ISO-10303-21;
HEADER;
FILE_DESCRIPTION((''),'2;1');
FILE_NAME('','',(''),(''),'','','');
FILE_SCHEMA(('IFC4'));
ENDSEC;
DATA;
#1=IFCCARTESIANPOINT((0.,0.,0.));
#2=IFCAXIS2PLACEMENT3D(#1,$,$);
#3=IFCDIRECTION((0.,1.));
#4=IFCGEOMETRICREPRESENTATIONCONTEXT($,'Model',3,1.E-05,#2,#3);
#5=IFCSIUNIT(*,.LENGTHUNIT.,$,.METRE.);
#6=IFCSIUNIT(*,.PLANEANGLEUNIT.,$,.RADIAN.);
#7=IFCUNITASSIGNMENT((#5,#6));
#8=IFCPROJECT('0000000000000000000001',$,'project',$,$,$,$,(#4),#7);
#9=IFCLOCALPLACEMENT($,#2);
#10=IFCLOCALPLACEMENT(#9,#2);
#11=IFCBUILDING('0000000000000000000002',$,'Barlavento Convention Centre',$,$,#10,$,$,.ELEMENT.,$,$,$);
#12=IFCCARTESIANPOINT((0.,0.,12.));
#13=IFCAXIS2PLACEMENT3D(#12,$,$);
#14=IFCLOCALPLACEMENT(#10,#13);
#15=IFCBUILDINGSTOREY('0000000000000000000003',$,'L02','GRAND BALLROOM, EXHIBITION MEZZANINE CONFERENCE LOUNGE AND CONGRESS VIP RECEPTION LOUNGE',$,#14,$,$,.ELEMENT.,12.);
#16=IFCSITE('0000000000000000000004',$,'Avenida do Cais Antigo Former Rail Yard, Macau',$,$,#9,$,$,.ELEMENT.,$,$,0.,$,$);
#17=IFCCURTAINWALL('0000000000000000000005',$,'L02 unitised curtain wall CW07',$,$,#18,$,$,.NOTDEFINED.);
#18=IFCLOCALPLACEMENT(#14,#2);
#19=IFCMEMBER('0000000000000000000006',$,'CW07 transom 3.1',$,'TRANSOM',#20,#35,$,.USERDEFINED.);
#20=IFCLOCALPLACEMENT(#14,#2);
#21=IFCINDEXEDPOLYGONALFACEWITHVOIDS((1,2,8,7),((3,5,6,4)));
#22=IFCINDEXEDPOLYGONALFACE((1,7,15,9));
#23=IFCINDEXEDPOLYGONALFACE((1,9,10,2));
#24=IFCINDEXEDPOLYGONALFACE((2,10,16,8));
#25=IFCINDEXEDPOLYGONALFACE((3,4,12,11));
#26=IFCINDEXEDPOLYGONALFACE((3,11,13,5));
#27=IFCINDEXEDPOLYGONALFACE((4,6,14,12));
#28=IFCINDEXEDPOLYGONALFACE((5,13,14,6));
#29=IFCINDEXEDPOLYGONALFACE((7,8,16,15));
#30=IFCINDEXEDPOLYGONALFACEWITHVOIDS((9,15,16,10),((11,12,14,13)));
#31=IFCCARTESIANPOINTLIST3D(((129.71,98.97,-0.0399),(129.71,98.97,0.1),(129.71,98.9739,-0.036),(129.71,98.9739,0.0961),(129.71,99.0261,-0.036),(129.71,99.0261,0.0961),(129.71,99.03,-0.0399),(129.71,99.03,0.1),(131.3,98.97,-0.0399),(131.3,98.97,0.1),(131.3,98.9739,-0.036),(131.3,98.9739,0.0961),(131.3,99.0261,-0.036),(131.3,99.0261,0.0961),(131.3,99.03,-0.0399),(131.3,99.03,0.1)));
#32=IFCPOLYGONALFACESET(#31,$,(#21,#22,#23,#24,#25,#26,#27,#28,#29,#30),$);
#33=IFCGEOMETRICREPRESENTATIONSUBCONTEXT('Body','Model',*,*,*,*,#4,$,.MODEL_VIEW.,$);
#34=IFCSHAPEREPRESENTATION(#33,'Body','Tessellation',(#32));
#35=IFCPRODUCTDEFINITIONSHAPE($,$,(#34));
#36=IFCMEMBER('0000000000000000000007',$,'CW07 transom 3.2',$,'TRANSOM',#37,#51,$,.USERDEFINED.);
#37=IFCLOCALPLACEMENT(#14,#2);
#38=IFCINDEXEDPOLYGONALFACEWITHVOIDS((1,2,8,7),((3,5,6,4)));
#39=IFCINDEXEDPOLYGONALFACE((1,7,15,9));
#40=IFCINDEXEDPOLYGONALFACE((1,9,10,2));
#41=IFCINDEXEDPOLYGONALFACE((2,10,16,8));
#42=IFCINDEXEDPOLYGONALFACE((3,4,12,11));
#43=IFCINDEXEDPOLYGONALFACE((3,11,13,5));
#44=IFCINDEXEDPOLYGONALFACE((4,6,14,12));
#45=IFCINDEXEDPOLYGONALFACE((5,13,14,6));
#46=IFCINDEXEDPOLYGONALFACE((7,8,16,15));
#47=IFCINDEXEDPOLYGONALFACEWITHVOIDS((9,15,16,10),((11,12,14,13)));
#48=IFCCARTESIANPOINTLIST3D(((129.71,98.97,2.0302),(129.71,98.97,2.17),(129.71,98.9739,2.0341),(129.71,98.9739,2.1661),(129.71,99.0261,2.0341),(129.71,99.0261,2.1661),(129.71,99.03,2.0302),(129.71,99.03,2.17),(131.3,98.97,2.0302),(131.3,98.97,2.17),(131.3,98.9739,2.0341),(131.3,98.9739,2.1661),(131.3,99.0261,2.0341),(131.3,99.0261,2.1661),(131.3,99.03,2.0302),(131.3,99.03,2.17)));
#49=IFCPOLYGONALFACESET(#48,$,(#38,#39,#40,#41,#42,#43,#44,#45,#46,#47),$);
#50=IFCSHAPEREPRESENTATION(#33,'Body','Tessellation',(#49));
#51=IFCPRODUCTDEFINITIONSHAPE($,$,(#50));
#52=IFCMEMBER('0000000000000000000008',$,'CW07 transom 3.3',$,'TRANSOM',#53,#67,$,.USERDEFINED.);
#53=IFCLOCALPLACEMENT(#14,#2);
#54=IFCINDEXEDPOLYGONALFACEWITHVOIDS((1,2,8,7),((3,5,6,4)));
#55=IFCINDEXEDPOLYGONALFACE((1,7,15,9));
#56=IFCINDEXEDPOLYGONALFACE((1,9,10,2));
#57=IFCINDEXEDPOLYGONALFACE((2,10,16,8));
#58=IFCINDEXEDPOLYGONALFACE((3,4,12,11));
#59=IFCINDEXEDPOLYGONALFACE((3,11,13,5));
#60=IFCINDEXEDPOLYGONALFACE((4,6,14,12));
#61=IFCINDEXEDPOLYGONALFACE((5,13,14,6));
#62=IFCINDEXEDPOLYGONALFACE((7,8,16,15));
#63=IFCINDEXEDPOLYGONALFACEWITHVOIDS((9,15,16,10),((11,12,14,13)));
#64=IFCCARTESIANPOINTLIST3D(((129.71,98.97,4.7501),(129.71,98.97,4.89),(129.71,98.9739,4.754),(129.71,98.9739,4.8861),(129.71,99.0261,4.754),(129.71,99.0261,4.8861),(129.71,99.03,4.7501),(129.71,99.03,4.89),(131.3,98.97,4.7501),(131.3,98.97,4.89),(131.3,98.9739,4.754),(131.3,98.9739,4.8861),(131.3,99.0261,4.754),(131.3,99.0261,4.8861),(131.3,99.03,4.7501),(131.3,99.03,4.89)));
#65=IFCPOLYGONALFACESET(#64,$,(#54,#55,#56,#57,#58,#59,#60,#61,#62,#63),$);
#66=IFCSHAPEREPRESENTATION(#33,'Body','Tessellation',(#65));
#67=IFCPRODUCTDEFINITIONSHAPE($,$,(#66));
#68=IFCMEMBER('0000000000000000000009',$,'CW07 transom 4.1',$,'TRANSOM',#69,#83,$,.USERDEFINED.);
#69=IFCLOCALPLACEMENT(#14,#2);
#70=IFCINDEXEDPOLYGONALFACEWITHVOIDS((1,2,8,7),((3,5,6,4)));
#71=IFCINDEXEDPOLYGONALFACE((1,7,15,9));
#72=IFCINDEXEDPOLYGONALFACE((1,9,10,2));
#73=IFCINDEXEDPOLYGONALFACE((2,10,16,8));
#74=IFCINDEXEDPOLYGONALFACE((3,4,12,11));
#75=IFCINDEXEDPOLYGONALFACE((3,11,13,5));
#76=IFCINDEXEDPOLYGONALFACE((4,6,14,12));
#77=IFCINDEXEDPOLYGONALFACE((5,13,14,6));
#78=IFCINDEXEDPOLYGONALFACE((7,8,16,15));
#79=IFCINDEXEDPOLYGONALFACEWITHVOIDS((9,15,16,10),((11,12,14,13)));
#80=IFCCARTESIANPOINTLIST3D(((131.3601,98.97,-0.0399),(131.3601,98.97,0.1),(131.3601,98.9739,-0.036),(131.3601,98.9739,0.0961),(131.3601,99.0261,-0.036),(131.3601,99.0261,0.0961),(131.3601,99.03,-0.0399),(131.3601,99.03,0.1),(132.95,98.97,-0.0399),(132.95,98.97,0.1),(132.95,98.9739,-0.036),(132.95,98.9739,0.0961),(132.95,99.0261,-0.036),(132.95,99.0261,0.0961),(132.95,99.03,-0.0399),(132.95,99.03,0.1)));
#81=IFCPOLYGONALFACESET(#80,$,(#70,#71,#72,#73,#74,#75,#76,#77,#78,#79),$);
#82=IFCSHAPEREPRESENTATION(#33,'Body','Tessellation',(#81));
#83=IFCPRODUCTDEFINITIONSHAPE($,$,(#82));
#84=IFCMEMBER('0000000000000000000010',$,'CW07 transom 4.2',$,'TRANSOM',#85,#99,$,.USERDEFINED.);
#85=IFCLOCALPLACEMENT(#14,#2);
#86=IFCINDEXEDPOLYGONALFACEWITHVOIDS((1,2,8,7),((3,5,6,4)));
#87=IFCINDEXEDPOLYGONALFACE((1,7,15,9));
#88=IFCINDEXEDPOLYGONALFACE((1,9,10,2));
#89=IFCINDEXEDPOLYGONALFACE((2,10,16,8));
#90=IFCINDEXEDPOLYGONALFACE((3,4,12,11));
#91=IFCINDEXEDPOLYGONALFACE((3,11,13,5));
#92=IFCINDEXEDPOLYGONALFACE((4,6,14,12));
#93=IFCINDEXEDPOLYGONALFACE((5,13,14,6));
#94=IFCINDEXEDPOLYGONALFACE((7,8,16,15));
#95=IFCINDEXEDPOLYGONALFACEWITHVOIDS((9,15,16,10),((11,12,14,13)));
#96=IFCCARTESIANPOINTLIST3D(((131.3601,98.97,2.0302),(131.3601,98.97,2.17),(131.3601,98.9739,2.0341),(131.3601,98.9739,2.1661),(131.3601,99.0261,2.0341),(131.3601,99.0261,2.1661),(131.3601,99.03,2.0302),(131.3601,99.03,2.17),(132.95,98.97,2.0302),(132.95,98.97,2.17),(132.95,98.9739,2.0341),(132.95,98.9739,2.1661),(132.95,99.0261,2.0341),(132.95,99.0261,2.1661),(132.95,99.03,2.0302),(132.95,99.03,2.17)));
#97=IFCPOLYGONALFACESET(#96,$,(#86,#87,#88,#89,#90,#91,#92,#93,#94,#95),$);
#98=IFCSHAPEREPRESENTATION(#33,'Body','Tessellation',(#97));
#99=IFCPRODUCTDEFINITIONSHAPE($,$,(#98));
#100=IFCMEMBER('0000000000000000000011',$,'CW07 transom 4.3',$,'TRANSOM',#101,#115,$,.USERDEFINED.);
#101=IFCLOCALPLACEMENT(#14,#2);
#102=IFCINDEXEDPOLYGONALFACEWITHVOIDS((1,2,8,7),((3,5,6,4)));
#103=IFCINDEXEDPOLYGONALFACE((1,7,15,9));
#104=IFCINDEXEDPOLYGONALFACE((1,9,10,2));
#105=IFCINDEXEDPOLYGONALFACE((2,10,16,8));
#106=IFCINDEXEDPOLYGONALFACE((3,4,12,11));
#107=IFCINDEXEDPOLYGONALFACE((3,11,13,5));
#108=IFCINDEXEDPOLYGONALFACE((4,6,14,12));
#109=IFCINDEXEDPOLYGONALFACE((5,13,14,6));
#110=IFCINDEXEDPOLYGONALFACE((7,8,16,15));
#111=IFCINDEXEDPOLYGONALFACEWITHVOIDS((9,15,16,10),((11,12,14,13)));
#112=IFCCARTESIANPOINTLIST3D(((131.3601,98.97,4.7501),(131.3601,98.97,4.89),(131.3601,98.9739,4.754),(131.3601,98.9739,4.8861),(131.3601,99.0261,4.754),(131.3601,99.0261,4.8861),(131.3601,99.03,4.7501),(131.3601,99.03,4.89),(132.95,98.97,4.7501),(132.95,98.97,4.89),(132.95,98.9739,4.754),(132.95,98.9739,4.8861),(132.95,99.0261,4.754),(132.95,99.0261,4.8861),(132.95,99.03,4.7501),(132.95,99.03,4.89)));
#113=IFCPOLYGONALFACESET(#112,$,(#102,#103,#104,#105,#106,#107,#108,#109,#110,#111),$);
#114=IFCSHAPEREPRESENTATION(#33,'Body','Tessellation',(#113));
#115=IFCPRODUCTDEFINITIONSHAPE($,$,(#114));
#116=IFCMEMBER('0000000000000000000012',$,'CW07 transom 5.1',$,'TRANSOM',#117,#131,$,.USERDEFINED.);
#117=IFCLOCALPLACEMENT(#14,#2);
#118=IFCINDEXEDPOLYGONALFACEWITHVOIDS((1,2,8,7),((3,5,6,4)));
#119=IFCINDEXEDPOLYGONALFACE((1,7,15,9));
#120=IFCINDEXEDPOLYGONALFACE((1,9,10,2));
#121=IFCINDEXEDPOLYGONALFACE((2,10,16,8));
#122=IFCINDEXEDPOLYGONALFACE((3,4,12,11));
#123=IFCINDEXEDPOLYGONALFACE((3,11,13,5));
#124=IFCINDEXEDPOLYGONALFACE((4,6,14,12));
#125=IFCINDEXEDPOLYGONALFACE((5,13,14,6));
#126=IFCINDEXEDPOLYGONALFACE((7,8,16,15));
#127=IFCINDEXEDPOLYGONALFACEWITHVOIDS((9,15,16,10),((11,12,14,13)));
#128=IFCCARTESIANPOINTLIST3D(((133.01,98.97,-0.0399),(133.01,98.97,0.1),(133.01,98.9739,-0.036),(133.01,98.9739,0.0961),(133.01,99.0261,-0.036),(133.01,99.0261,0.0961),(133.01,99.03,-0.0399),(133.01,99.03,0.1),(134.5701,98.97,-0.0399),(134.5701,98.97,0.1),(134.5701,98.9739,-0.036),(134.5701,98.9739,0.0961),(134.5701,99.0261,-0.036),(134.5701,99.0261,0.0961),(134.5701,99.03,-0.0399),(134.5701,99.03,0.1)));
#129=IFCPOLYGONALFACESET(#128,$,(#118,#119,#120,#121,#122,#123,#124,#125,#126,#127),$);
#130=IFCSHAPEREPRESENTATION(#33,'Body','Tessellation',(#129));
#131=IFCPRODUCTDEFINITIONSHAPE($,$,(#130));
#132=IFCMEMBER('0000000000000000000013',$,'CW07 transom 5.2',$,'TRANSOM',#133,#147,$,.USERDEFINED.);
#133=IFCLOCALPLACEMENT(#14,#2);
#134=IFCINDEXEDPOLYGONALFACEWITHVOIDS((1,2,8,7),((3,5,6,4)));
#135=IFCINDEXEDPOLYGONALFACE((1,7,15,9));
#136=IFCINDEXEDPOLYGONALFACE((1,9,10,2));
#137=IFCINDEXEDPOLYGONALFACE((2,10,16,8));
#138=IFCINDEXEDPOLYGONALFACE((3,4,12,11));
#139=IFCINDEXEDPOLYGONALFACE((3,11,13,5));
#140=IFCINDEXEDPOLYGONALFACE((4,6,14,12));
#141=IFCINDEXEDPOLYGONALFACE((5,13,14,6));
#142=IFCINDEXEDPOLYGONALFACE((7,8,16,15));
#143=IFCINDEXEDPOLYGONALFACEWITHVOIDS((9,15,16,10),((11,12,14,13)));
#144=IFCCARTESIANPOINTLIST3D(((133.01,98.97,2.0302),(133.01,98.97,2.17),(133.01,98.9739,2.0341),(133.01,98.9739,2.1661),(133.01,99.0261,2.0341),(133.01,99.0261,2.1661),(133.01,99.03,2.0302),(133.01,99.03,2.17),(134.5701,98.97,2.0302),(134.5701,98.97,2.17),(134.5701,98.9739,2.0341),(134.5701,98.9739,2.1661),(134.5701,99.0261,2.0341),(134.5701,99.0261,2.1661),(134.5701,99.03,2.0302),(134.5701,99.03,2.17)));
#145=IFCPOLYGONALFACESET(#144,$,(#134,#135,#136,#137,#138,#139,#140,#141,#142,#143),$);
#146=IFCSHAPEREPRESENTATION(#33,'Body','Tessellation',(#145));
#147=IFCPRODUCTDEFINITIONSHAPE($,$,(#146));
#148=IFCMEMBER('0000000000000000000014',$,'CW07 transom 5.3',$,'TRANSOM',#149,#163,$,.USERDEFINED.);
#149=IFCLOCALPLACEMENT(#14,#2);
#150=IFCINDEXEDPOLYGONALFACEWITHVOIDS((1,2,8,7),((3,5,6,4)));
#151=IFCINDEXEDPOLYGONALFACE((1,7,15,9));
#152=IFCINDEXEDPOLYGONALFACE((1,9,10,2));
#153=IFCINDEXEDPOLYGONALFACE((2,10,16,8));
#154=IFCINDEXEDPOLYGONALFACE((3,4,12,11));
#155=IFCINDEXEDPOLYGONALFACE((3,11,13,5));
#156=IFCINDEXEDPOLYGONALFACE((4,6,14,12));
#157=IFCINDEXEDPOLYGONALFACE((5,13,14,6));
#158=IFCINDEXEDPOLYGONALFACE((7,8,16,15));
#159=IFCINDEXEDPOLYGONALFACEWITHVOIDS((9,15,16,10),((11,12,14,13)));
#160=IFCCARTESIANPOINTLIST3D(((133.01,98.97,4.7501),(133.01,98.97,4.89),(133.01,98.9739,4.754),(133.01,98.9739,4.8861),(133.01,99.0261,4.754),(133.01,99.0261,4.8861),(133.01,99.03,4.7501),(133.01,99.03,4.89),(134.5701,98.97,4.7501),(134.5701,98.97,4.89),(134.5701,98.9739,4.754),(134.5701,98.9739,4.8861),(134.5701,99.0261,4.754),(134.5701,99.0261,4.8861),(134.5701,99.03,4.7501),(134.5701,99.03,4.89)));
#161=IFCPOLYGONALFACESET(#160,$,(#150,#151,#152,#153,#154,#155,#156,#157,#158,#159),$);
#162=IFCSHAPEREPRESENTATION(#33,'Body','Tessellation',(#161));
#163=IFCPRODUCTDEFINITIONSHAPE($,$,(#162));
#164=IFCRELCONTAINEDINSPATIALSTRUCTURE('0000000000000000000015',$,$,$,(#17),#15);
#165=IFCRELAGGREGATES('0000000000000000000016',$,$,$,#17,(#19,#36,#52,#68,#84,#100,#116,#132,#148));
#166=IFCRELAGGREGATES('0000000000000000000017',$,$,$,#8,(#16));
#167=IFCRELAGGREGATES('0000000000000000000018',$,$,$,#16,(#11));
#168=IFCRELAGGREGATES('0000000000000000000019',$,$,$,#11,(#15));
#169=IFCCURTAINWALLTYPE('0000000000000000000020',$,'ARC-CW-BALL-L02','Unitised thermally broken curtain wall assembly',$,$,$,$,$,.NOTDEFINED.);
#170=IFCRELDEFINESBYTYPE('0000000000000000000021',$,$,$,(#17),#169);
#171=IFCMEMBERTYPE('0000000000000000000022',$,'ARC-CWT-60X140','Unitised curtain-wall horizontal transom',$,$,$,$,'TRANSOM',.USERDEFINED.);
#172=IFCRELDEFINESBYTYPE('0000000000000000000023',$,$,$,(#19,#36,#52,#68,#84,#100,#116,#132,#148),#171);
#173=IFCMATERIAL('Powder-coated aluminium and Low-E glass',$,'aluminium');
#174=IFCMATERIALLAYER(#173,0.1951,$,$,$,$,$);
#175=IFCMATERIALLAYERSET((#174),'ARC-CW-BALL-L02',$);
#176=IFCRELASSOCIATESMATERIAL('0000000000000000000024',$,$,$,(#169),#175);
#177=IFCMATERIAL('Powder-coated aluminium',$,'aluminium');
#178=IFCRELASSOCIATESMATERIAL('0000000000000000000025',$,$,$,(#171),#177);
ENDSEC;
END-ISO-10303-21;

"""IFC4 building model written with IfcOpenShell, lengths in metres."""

from ifc_helpers import new_model, si_unit, direction, frame, origin, origin_2d, place, context, subcontext, project, spatial, hollow_rectangle, extrude, material, layer, layer_set, material_profile, profile_set, type_object, element, aggregate, save


model = new_model("IFC4")

# Units and contexts
model_context = context("Model", 3, precision=1e-05, world=origin(), true_north=direction((0.0, 1.0)))
body_context = subcontext(model_context, "Body", "Model", "MODEL_VIEW")
ifc_project = project(units=[si_unit("LENGTHUNIT", "METRE"), si_unit("PLANEANGLEUNIT", "RADIAN")], contexts=[model_context])

# Site, building, storey
site_placement = place(None, origin())
site = spatial("IfcSite", under=ifc_project, at=site_placement, Name="Avenida do Cais Antigo Former Rail Yard, Macau", CompositionType="ELEMENT", RefElevation=0.0)
building_placement = place(site_placement, origin())
building = spatial("IfcBuilding", under=site, at=building_placement, Name="Barlavento Convention Centre", CompositionType="ELEMENT")
storey_placement = place(building_placement, frame((0.0, 0.0, 12.0)))
storey = spatial("IfcBuildingStorey", under=building, at=storey_placement, Name="L02", Description="GRAND BALLROOM, EXHIBITION MEZZANINE CONFERENCE LOUNGE AND CONGRESS VIP RECEPTION LOUNGE", CompositionType="ELEMENT", Elevation=12.0)

# Curtain wall
ifc_material_1 = material(Name="Powder-coated aluminium and Low-E glass", Category="aluminium")
ifc_layer_1 = layer(ifc_material_1, 0.1951)
ifc_layer_set_1 = layer_set([ifc_layer_1], Name="ARC-CW-BALL-L02")
curtain_wall_type_1 = type_object("IfcCurtainWallType", Name="ARC-CW-BALL-L02", Description="Unitised thermally broken curtain wall assembly", PredefinedType="NOTDEFINED", material=ifc_layer_set_1)
curtain_wall_1_placement = place(storey_placement, origin())
curtain_wall_1 = element("IfcCurtainWall", 1, at=curtain_wall_1_placement, inside=storey, type_object=curtain_wall_type_1, Name="L02 unitised curtain wall CW07", PredefinedType="NOTDEFINED")
ifc_material_2 = material(Name="Powder-coated aluminium", Category="aluminium")
ifc_material_profile_1 = material_profile(ifc_material_2, hollow_rectangle(XDim=0.0601, YDim=0.1399, WallThickness=0.0039, at=origin_2d()), Name="AL-TRAN 60x140x4")
ifc_profile_set_1 = profile_set([ifc_material_profile_1], Name="Powder-coated aluminium")
member_type_1 = type_object("IfcMemberType", Name="ARC-CWT-60X140", Description="Unitised curtain-wall horizontal transom", ElementType="TRANSOM", PredefinedType="USERDEFINED", material=ifc_profile_set_1)

# Members
member_1_placement = place(storey_placement, frame((129.71, 99.0, 0.03), z_axis=(1.0, 0.0, 0.0), x_axis=(0.0, 1.0, 0.0)))
member_1 = element("IfcMember", 2, at=member_1_placement, type_object=member_type_1, Name="CW07 transom 3.1", ObjectType="TRANSOM", PredefinedType="USERDEFINED", context=body_context, shape_type="SweptSolid", body=[
    extrude(hollow_rectangle(XDim=0.0601, YDim=0.1399, WallThickness=0.0039, at=origin_2d()), origin(), (0.0, 0.0, 1.0), 1.5901),
])
member_2_placement = place(storey_placement, frame((129.71, 99.0, 2.1001), z_axis=(1.0, 0.0, 0.0), x_axis=(0.0, 1.0, 0.0)))
member_2 = element("IfcMember", 3, at=member_2_placement, type_object=member_type_1, Name="CW07 transom 3.2", ObjectType="TRANSOM", PredefinedType="USERDEFINED", context=body_context, shape_type="SweptSolid", body=[
    extrude(hollow_rectangle(XDim=0.0601, YDim=0.1399, WallThickness=0.0039, at=origin_2d()), origin(), (0.0, 0.0, 1.0), 1.5901),
])
member_3_placement = place(storey_placement, frame((129.71, 99.0, 4.8201), z_axis=(1.0, 0.0, 0.0), x_axis=(0.0, 1.0, 0.0)))
member_3 = element("IfcMember", 4, at=member_3_placement, type_object=member_type_1, Name="CW07 transom 3.3", ObjectType="TRANSOM", PredefinedType="USERDEFINED", context=body_context, shape_type="SweptSolid", body=[
    extrude(hollow_rectangle(XDim=0.0601, YDim=0.1399, WallThickness=0.0039, at=origin_2d()), origin(), (0.0, 0.0, 1.0), 1.5901),
])
member_4_placement = place(storey_placement, frame((131.3601, 99.0, 0.03), z_axis=(1.0, 0.0, 0.0), x_axis=(0.0, 1.0, 0.0)))
member_4 = element("IfcMember", 5, at=member_4_placement, type_object=member_type_1, Name="CW07 transom 4.1", ObjectType="TRANSOM", PredefinedType="USERDEFINED", context=body_context, shape_type="SweptSolid", body=[
    extrude(hollow_rectangle(XDim=0.0601, YDim=0.1399, WallThickness=0.0039, at=origin_2d()), origin(), (0.0, 0.0, 1.0), 1.5898),
])
member_5_placement = place(storey_placement, frame((131.3601, 99.0, 2.1001), z_axis=(1.0, 0.0, 0.0), x_axis=(0.0, 1.0, 0.0)))
member_5 = element("IfcMember", 6, at=member_5_placement, type_object=member_type_1, Name="CW07 transom 4.2", ObjectType="TRANSOM", PredefinedType="USERDEFINED", context=body_context, shape_type="SweptSolid", body=[
    extrude(hollow_rectangle(XDim=0.0601, YDim=0.1399, WallThickness=0.0039, at=origin_2d()), origin(), (0.0, 0.0, 1.0), 1.5898),
])
member_6_placement = place(storey_placement, frame((131.3601, 99.0, 4.8201), z_axis=(1.0, 0.0, 0.0), x_axis=(0.0, 1.0, 0.0)))
member_6 = element("IfcMember", 7, at=member_6_placement, type_object=member_type_1, Name="CW07 transom 4.3", ObjectType="TRANSOM", PredefinedType="USERDEFINED", context=body_context, shape_type="SweptSolid", body=[
    extrude(hollow_rectangle(XDim=0.0601, YDim=0.1399, WallThickness=0.0039, at=origin_2d()), origin(), (0.0, 0.0, 1.0), 1.5898),
])
member_7_placement = place(storey_placement, frame((133.01, 99.0, 0.03), z_axis=(1.0, 0.0, 0.0), x_axis=(0.0, 1.0, 0.0)))
member_7 = element("IfcMember", 8, at=member_7_placement, type_object=member_type_1, Name="CW07 transom 5.1", ObjectType="TRANSOM", PredefinedType="USERDEFINED", context=body_context, shape_type="SweptSolid", body=[
    extrude(hollow_rectangle(XDim=0.0601, YDim=0.1399, WallThickness=0.0039, at=origin_2d()), origin(), (0.0, 0.0, 1.0), 1.5601),
])
member_8_placement = place(storey_placement, frame((133.01, 99.0, 2.1001), z_axis=(1.0, 0.0, 0.0), x_axis=(0.0, 1.0, 0.0)))
member_8 = element("IfcMember", 9, at=member_8_placement, type_object=member_type_1, Name="CW07 transom 5.2", ObjectType="TRANSOM", PredefinedType="USERDEFINED", context=body_context, shape_type="SweptSolid", body=[
    extrude(hollow_rectangle(XDim=0.0601, YDim=0.1399, WallThickness=0.0039, at=origin_2d()), origin(), (0.0, 0.0, 1.0), 1.5601),
])
member_9_placement = place(storey_placement, frame((133.01, 99.0, 4.8201), z_axis=(1.0, 0.0, 0.0), x_axis=(0.0, 1.0, 0.0)))
member_9 = element("IfcMember", 10, at=member_9_placement, type_object=member_type_1, Name="CW07 transom 5.3", ObjectType="TRANSOM", PredefinedType="USERDEFINED", context=body_context, shape_type="SweptSolid", body=[
    extrude(hollow_rectangle(XDim=0.0601, YDim=0.1399, WallThickness=0.0039, at=origin_2d()), origin(), (0.0, 0.0, 1.0), 1.5601),
])

aggregate(curtain_wall_1, [member_1, member_2, member_3, member_4, member_5, member_6, member_7, member_8, member_9])

save(model, "model.ifc")
